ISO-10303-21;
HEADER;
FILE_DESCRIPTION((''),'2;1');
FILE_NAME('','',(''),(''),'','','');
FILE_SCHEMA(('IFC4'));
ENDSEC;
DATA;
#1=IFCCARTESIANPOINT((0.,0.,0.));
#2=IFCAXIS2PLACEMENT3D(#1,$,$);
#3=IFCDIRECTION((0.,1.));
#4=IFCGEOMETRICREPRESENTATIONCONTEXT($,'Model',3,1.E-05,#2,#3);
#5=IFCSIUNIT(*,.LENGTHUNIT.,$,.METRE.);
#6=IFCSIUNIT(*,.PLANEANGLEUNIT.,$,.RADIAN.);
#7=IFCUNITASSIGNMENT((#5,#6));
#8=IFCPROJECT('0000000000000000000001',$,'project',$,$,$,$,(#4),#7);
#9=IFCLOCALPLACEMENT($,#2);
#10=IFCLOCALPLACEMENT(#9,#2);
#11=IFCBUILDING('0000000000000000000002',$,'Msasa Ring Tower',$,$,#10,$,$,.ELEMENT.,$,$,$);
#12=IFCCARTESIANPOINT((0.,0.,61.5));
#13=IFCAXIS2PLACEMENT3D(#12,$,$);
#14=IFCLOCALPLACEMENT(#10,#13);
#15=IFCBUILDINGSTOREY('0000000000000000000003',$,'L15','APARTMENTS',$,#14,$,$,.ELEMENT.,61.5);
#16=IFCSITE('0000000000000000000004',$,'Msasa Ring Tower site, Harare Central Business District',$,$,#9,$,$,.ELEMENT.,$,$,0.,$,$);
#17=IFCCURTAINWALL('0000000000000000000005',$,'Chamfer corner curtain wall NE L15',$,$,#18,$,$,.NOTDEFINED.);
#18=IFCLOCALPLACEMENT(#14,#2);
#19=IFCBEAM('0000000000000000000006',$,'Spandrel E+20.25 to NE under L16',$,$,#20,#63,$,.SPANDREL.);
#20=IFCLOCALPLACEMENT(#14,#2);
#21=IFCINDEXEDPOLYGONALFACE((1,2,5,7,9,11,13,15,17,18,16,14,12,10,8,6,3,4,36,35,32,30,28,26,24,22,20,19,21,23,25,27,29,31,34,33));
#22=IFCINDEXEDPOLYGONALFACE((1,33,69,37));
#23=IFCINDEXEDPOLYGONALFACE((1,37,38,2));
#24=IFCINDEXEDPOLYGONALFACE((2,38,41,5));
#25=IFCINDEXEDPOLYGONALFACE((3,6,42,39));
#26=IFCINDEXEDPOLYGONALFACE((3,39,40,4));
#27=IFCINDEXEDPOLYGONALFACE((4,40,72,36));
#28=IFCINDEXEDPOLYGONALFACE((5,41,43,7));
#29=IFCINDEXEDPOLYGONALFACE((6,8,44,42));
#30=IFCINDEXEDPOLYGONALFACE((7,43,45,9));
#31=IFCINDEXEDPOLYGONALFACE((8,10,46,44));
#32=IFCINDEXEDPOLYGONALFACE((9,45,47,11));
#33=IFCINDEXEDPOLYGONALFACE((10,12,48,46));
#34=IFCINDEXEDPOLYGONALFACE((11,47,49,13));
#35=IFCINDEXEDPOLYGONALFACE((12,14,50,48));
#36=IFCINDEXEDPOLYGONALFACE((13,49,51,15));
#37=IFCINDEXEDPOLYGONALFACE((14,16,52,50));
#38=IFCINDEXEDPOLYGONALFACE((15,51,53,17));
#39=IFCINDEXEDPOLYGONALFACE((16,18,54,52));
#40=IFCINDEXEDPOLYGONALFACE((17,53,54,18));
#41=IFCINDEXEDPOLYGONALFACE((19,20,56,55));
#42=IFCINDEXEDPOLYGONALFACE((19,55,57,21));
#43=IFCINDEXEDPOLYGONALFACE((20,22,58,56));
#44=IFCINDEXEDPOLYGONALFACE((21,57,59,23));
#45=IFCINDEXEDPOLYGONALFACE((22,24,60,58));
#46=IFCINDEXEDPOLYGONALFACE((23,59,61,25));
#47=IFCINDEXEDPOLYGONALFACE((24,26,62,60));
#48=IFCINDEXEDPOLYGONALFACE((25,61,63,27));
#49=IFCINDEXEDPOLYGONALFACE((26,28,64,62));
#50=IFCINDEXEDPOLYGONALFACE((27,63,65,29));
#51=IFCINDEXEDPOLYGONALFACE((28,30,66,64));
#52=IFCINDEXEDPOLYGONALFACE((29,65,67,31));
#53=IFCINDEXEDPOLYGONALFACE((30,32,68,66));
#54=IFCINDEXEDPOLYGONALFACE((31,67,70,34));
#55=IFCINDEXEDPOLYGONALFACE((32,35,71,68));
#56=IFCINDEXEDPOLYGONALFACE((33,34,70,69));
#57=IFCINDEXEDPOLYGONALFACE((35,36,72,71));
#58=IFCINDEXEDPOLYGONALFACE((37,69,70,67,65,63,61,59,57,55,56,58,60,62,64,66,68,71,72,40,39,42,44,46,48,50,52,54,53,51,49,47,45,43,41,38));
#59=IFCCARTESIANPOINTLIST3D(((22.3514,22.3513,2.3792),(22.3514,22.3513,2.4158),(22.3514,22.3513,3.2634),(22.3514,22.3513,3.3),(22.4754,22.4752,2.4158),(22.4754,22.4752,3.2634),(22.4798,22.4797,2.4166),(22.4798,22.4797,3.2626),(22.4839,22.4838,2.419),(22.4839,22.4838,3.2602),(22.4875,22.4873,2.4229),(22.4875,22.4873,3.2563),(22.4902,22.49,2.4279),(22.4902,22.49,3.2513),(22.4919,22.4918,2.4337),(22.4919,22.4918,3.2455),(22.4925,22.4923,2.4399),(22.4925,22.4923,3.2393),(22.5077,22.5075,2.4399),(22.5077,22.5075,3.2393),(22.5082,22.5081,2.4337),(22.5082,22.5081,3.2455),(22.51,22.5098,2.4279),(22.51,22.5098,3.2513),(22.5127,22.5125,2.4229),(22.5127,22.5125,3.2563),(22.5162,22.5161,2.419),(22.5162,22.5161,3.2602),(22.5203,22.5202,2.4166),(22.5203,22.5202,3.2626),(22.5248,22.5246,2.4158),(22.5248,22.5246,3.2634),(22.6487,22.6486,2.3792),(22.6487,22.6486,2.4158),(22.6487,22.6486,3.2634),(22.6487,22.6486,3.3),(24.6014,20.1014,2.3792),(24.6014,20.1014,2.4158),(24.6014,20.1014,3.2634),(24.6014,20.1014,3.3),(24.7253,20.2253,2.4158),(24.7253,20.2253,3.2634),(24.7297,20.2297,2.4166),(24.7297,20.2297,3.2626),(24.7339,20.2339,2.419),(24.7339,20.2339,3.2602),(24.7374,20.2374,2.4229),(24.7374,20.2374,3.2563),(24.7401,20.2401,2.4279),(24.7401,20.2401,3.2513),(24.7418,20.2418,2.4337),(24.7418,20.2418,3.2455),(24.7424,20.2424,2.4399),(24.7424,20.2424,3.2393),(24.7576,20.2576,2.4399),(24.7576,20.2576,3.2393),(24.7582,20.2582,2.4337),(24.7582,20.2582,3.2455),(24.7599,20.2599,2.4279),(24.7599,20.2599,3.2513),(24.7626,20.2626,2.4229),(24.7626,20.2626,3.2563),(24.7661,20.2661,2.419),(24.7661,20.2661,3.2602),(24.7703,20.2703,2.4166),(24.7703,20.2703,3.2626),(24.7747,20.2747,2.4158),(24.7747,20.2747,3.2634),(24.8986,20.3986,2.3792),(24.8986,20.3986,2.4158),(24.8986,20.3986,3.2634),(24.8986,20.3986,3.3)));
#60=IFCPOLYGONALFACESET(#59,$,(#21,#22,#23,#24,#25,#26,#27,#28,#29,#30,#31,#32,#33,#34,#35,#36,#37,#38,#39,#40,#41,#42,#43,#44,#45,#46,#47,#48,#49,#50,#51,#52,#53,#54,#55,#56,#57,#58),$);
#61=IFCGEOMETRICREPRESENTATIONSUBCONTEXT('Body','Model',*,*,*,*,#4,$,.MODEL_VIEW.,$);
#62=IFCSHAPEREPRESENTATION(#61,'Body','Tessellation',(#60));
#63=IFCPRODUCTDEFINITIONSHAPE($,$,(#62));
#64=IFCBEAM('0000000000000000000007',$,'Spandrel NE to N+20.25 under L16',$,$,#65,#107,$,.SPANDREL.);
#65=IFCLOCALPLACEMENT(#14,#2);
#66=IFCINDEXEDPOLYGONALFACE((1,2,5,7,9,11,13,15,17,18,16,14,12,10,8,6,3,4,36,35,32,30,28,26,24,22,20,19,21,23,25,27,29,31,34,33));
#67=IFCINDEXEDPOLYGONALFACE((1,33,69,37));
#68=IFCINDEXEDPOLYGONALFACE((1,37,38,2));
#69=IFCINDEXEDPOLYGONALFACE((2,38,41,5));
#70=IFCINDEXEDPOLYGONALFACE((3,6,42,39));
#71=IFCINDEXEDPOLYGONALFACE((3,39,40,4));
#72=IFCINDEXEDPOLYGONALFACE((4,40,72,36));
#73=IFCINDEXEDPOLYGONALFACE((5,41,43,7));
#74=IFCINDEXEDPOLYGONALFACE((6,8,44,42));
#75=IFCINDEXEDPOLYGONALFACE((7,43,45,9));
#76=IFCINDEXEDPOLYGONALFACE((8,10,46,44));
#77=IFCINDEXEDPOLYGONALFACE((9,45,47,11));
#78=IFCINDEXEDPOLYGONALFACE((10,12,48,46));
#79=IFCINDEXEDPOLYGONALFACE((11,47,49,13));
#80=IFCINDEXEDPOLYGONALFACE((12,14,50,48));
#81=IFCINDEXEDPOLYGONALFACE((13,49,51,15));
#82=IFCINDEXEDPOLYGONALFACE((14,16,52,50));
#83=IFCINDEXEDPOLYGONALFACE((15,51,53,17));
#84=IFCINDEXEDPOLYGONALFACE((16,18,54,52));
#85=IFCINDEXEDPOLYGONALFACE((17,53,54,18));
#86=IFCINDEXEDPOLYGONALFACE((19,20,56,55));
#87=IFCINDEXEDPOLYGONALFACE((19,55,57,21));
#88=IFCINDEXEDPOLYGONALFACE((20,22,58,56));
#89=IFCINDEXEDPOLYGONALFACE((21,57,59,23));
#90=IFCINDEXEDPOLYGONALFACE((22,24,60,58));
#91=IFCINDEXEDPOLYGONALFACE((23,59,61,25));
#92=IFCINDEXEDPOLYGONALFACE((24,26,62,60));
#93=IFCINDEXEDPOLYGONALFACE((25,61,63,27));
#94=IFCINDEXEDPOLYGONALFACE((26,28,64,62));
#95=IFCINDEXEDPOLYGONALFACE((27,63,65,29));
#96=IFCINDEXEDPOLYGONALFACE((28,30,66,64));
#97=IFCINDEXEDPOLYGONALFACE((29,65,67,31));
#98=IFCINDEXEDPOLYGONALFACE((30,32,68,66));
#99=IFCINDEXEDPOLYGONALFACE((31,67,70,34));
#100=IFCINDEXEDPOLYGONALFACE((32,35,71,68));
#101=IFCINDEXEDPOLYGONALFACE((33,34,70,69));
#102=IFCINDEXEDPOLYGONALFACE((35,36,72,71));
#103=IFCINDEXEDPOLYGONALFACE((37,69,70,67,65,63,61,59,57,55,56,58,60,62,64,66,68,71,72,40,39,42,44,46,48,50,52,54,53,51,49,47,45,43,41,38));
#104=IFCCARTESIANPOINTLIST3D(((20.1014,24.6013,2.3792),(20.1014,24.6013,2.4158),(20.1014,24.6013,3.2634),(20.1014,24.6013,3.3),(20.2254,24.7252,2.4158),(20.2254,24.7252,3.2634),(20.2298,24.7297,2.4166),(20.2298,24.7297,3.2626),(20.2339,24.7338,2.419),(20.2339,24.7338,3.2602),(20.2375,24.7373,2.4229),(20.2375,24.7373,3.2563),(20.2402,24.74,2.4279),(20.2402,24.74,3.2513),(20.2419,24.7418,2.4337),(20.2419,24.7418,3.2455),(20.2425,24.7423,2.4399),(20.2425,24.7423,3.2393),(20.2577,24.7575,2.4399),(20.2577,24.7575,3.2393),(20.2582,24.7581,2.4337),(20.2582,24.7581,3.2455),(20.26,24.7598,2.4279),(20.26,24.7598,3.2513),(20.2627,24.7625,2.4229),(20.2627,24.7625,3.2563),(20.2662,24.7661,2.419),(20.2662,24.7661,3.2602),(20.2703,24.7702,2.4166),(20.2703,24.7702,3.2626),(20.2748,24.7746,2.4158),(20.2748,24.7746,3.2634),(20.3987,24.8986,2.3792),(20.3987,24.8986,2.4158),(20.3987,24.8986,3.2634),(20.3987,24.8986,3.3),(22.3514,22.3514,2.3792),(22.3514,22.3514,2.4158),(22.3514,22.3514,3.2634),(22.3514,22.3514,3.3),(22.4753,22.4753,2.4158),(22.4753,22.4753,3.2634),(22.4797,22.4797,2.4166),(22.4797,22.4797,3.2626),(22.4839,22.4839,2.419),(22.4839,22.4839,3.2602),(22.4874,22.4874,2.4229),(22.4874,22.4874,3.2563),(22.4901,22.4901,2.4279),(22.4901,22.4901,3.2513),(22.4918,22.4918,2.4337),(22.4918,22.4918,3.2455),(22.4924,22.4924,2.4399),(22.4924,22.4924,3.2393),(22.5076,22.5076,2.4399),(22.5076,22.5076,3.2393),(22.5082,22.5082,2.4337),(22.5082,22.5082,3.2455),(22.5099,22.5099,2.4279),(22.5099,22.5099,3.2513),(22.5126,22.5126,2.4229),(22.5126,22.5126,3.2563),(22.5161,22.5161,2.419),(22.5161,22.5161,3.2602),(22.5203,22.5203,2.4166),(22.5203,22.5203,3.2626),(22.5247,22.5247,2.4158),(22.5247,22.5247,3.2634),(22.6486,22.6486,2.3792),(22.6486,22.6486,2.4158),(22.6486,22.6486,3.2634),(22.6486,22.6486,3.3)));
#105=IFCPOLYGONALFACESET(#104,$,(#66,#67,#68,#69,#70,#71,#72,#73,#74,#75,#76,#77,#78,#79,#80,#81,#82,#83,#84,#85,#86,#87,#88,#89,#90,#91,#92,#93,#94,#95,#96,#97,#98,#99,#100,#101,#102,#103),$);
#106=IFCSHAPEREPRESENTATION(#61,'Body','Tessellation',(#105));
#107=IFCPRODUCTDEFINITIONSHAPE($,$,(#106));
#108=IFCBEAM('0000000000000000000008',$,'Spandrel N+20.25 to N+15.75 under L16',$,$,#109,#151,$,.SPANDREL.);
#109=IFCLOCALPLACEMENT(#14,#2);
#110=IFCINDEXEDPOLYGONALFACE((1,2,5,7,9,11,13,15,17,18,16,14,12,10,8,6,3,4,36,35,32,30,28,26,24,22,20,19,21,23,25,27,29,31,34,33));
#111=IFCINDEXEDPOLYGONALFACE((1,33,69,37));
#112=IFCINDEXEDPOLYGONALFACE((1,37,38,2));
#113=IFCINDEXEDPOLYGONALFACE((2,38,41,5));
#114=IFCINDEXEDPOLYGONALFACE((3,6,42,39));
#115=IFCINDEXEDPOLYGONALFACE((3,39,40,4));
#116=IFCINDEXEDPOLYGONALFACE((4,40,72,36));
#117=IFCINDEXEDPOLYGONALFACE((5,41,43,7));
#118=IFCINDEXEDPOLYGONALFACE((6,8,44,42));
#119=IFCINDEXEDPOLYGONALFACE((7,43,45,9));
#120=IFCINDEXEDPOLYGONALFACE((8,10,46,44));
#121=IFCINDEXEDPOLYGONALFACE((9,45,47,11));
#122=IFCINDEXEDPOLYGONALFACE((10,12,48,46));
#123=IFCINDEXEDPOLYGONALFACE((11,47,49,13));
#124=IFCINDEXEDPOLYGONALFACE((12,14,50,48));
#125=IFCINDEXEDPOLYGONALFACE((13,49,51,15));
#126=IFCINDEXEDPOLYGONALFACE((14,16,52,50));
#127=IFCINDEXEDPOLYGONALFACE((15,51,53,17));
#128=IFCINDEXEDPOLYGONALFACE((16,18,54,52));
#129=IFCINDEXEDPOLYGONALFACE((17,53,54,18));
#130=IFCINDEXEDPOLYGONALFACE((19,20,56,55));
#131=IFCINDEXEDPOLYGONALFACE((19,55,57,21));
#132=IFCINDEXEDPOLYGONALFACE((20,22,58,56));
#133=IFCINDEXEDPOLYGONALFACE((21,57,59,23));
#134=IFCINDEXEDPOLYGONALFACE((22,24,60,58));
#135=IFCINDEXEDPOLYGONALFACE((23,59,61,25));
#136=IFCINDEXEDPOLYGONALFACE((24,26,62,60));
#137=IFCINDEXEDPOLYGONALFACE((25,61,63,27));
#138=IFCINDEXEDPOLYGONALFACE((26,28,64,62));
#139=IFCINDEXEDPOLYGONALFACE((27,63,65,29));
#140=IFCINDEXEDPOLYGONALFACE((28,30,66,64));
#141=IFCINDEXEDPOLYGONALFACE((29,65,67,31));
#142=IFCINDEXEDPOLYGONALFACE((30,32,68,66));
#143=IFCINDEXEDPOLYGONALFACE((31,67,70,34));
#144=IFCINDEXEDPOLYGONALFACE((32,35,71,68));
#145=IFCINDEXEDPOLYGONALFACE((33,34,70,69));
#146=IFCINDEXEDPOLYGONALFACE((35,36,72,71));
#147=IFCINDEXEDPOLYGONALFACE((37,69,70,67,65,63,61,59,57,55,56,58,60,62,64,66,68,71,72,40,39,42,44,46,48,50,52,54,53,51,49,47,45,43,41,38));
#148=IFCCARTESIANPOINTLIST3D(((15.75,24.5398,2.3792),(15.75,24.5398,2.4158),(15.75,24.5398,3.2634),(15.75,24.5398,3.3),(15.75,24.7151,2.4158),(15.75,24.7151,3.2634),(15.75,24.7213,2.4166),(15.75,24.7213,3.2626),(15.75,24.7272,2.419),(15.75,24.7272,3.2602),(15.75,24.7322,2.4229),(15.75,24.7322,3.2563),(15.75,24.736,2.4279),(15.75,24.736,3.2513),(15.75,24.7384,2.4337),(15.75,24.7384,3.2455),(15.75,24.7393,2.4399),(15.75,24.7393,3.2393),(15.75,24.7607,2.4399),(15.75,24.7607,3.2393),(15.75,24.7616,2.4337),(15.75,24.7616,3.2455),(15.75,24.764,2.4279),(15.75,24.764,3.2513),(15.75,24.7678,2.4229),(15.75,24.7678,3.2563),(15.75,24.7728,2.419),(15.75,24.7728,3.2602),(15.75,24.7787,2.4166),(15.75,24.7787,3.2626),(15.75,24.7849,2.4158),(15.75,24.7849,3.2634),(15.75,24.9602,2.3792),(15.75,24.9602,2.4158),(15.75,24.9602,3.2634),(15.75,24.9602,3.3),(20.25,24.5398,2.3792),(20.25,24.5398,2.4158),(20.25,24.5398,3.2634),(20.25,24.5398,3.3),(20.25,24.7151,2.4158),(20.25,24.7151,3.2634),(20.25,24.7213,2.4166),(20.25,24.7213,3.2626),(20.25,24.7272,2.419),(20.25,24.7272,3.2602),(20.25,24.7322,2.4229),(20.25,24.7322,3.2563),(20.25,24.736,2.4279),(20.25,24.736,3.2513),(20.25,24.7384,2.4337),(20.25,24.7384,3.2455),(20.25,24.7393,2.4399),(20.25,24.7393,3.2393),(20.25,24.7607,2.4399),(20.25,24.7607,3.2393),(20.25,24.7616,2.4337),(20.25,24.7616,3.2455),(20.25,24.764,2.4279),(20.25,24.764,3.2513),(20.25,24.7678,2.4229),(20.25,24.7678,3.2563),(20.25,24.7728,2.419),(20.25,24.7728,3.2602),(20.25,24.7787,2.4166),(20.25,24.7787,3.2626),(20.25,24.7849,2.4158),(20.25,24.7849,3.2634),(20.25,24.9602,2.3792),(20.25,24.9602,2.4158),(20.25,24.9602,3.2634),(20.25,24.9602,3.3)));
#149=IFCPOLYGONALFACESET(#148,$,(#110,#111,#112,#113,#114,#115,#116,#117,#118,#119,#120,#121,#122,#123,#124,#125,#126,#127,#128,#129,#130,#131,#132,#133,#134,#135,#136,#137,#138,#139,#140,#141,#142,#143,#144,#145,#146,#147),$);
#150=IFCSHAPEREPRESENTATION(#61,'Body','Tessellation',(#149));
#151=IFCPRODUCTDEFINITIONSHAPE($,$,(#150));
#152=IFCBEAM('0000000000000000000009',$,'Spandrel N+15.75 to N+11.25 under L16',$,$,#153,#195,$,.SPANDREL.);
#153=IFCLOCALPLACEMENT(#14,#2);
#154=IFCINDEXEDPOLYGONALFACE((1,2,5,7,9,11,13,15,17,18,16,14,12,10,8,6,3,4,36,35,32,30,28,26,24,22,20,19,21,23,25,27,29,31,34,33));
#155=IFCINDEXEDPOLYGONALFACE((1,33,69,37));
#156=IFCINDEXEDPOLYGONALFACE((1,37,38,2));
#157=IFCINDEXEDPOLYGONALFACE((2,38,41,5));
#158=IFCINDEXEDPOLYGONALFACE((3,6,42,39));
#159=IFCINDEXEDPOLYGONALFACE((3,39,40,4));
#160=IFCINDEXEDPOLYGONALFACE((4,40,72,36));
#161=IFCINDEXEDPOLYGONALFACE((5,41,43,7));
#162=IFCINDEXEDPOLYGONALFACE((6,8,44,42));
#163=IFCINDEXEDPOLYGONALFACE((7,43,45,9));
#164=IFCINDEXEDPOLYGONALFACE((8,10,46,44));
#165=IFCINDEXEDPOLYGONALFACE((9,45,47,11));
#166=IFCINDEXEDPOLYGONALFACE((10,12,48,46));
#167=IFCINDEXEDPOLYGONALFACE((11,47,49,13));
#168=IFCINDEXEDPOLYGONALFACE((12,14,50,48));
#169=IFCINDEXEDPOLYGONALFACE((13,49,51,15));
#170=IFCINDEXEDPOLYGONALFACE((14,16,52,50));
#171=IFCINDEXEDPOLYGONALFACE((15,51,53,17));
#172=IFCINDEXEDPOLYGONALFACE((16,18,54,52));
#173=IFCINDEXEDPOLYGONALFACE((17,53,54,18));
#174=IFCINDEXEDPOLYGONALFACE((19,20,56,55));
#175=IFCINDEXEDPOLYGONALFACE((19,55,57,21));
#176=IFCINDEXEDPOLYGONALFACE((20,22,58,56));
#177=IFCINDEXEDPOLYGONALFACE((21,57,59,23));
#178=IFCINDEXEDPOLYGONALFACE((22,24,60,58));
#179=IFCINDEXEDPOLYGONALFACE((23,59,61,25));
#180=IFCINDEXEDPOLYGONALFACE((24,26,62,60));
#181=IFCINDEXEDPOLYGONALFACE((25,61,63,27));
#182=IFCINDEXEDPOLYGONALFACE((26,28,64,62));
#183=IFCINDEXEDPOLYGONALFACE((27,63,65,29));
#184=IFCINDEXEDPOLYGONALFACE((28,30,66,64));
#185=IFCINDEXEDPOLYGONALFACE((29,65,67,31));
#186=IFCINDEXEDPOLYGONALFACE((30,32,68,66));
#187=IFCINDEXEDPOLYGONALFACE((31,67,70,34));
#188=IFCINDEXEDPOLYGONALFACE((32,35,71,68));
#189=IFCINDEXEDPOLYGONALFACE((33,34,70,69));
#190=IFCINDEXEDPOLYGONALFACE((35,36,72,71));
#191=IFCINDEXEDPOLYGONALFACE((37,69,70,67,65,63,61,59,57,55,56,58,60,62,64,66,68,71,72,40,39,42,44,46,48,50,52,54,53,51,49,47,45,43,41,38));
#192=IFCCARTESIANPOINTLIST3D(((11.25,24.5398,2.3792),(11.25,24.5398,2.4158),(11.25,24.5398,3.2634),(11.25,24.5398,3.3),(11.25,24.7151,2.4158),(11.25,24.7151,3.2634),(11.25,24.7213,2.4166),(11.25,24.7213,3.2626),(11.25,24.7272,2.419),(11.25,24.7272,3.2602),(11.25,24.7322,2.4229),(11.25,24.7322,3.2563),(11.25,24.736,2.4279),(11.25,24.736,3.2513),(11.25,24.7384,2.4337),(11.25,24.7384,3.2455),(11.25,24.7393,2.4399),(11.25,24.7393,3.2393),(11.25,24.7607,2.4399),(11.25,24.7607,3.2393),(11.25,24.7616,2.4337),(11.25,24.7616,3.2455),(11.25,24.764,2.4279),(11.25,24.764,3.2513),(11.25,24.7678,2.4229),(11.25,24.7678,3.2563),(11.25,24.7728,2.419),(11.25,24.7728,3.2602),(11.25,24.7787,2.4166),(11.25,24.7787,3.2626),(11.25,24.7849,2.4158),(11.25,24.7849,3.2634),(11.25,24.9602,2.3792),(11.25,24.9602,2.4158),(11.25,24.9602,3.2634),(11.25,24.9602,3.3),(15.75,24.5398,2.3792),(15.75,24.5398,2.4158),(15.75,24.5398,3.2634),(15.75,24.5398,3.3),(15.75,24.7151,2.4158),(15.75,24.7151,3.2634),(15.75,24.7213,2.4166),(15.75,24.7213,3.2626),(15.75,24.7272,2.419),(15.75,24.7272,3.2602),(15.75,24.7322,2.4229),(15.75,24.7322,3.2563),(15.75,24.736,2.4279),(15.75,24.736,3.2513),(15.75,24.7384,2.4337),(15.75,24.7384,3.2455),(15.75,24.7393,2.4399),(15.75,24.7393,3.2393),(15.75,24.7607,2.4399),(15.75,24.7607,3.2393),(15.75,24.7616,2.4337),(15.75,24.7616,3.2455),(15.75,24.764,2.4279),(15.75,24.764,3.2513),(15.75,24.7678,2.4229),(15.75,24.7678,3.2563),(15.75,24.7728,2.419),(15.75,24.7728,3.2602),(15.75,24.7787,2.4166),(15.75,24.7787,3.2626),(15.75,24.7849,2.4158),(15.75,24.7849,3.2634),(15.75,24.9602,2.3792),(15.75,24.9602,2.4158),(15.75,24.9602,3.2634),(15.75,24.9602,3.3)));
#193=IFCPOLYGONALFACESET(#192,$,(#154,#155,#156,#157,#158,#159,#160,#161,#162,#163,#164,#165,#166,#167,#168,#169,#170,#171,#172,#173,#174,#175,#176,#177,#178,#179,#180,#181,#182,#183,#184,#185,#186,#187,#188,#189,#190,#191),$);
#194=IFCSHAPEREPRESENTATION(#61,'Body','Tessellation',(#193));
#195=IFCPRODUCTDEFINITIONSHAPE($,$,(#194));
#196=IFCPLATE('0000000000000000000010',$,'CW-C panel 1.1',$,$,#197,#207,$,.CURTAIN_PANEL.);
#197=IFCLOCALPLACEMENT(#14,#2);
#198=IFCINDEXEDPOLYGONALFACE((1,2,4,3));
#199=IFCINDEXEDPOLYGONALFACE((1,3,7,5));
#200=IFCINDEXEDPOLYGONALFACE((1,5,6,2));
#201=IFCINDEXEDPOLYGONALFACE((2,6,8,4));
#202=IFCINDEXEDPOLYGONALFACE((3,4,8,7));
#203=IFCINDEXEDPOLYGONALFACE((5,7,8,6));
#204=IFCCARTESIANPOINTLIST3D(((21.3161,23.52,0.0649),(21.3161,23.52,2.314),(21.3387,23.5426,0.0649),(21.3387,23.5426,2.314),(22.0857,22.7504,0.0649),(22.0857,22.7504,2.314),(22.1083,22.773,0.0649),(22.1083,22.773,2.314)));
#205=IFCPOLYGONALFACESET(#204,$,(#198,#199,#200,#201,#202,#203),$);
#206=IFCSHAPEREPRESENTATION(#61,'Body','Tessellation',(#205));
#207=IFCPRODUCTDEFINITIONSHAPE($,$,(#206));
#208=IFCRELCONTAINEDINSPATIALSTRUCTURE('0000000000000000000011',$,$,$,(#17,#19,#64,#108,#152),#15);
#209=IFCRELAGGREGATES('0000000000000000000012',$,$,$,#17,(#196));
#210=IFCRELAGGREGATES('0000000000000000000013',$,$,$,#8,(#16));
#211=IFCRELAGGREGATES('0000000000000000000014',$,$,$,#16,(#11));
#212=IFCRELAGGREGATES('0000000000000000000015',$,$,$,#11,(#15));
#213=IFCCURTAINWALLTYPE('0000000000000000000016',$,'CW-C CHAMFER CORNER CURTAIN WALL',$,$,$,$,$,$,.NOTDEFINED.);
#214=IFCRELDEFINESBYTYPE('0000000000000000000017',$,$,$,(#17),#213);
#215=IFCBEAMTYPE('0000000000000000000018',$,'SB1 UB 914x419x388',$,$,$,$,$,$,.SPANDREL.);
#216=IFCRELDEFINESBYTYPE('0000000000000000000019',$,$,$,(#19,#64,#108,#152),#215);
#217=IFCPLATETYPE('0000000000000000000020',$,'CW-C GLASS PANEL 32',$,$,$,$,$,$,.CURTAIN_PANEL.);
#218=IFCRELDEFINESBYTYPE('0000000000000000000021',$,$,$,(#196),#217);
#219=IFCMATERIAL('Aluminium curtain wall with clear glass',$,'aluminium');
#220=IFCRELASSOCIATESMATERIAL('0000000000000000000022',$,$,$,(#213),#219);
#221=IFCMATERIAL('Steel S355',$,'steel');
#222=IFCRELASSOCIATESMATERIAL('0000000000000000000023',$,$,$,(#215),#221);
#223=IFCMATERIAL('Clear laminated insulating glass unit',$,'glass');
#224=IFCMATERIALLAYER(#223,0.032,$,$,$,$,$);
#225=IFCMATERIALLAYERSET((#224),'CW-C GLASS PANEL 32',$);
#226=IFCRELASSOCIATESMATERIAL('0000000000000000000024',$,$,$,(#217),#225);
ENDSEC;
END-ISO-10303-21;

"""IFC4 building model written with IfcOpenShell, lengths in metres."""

from ifc_helpers import new_model, si_unit, direction, frame, origin, origin_2d, place, context, subcontext, project, spatial, rectangle, i_section, extrude, material, layer, layer_set, material_profile, profile_set, type_object, element, aggregate, save


model = new_model("IFC4")

# Units and contexts
model_context = context("Model", 3, precision=1e-05, world=origin(), true_north=direction((0.0, 1.0)))
body_context = subcontext(model_context, "Body", "Model", "MODEL_VIEW")
ifc_project = project(units=[si_unit("LENGTHUNIT", "METRE"), si_unit("PLANEANGLEUNIT", "RADIAN")], contexts=[model_context])

# Site, building, storey
site_placement = place(None, origin())
site = spatial("IfcSite", under=ifc_project, at=site_placement, Name="Msasa Ring Tower site, Harare Central Business District", CompositionType="ELEMENT", RefElevation=0.0)
building_placement = place(site_placement, origin())
building = spatial("IfcBuilding", under=site, at=building_placement, Name="Msasa Ring Tower", CompositionType="ELEMENT")
storey_placement = place(building_placement, frame((0.0, 0.0, 61.5)))
storey = spatial("IfcBuildingStorey", under=building, at=storey_placement, Name="L15", Description="APARTMENTS", CompositionType="ELEMENT", Elevation=61.5)

# Curtain wall
ifc_material_1 = material(Name="Aluminium curtain wall with clear glass", Category="aluminium")
curtain_wall_type = type_object("IfcCurtainWallType", Name="CW-C CHAMFER CORNER CURTAIN WALL", PredefinedType="NOTDEFINED", material=ifc_material_1)
curtain_wall_1_placement = place(storey_placement, origin())
curtain_wall_1 = element("IfcCurtainWall", 1, at=curtain_wall_1_placement, inside=storey, type_object=curtain_wall_type, Name="Chamfer corner curtain wall NE L15", PredefinedType="NOTDEFINED")

# Beams
ifc_material_2 = material(Name="Steel S355", Category="steel")
ifc_material_profile_1 = material_profile(ifc_material_2, i_section(OverallWidth=0.4204, OverallDepth=0.9209, WebThickness=0.0215, FlangeThickness=0.0366, FilletRadius=0.0242, at=origin_2d()), Name="UB 914x419x388")
ifc_profile_set_1 = profile_set([ifc_material_profile_1], Name="Steel S355")
beam_type_1 = type_object("IfcBeamType", Name="SB1 UB 914x419x388", PredefinedType="SPANDREL", material=ifc_profile_set_1)
for number, where, z_axis, x_axis, name in (
    (2, (24.75, 20.25, 2.8396), (-0.707107, 0.707107, 0.0), (-0.707107, -0.707107, 0.0), "Spandrel E+20.25 to NE under L16"),
    (3, (22.5, 22.5, 2.8396), (-0.707107, 0.707107, 0.0), (-0.707107, -0.707107, 0.0), "Spandrel NE to N+20.25 under L16"),
):
    element("IfcBeam", number, at=place(storey_placement, frame(where, z_axis=z_axis, x_axis=x_axis)), inside=storey, type_object=beam_type_1, Name=name, PredefinedType="SPANDREL", context=body_context, shape_type="SweptSolid", body=[
        extrude(i_section(OverallWidth=0.4204, OverallDepth=0.9209, WebThickness=0.0215, FlangeThickness=0.0366, FilletRadius=0.0242, at=origin_2d()), origin(), (0.0, 0.0, 1.0), 3.1819),
    ])
for number, where, z_axis, x_axis, name in (
    (4, (20.25, 24.75, 2.8396), (-1.0, 0.0, 0.0), (0.0, -1.0, 0.0), "Spandrel N+20.25 to N+15.75 under L16"),
    (5, (15.75, 24.75, 2.8396), (-1.0, 0.0, 0.0), (0.0, -1.0, 0.0), "Spandrel N+15.75 to N+11.25 under L16"),
):
    element("IfcBeam", number, at=place(storey_placement, frame(where, z_axis=z_axis, x_axis=x_axis)), inside=storey, type_object=beam_type_1, Name=name, PredefinedType="SPANDREL", context=body_context, shape_type="SweptSolid", body=[
        extrude(i_section(OverallWidth=0.4204, OverallDepth=0.9209, WebThickness=0.0215, FlangeThickness=0.0366, FilletRadius=0.0242, at=origin_2d()), origin(), (0.0, 0.0, 1.0), 4.5),
    ])

# Plate
ifc_material_3 = material(Name="Clear laminated insulating glass unit", Category="glass")
ifc_layer_1 = layer(ifc_material_3, 0.032)
ifc_layer_set_1 = layer_set([ifc_layer_1], Name="CW-C GLASS PANEL 32")
plate_type = type_object("IfcPlateType", Name="CW-C GLASS PANEL 32", PredefinedType="CURTAIN_PANEL", material=ifc_layer_set_1)
plate_1_placement = place(storey_placement, frame((21.7122, 23.1465, 0.0649), z_axis=(0.0, 0.0, 1.0), x_axis=(-0.707107, 0.707107, 0.0)))
plate_1 = element("IfcPlate", 6, at=plate_1_placement, type_object=plate_type, Name="CW-C panel 1.1", PredefinedType="CURTAIN_PANEL", context=body_context, shape_type="SweptSolid", body=[
    extrude(rectangle(XDim=1.0884, YDim=0.032, at=origin_2d()), origin(), (0.0, 0.0, 1.0), 2.249),
])
aggregate(curtain_wall_1, [plate_1])

save(model, "model.ifc")
